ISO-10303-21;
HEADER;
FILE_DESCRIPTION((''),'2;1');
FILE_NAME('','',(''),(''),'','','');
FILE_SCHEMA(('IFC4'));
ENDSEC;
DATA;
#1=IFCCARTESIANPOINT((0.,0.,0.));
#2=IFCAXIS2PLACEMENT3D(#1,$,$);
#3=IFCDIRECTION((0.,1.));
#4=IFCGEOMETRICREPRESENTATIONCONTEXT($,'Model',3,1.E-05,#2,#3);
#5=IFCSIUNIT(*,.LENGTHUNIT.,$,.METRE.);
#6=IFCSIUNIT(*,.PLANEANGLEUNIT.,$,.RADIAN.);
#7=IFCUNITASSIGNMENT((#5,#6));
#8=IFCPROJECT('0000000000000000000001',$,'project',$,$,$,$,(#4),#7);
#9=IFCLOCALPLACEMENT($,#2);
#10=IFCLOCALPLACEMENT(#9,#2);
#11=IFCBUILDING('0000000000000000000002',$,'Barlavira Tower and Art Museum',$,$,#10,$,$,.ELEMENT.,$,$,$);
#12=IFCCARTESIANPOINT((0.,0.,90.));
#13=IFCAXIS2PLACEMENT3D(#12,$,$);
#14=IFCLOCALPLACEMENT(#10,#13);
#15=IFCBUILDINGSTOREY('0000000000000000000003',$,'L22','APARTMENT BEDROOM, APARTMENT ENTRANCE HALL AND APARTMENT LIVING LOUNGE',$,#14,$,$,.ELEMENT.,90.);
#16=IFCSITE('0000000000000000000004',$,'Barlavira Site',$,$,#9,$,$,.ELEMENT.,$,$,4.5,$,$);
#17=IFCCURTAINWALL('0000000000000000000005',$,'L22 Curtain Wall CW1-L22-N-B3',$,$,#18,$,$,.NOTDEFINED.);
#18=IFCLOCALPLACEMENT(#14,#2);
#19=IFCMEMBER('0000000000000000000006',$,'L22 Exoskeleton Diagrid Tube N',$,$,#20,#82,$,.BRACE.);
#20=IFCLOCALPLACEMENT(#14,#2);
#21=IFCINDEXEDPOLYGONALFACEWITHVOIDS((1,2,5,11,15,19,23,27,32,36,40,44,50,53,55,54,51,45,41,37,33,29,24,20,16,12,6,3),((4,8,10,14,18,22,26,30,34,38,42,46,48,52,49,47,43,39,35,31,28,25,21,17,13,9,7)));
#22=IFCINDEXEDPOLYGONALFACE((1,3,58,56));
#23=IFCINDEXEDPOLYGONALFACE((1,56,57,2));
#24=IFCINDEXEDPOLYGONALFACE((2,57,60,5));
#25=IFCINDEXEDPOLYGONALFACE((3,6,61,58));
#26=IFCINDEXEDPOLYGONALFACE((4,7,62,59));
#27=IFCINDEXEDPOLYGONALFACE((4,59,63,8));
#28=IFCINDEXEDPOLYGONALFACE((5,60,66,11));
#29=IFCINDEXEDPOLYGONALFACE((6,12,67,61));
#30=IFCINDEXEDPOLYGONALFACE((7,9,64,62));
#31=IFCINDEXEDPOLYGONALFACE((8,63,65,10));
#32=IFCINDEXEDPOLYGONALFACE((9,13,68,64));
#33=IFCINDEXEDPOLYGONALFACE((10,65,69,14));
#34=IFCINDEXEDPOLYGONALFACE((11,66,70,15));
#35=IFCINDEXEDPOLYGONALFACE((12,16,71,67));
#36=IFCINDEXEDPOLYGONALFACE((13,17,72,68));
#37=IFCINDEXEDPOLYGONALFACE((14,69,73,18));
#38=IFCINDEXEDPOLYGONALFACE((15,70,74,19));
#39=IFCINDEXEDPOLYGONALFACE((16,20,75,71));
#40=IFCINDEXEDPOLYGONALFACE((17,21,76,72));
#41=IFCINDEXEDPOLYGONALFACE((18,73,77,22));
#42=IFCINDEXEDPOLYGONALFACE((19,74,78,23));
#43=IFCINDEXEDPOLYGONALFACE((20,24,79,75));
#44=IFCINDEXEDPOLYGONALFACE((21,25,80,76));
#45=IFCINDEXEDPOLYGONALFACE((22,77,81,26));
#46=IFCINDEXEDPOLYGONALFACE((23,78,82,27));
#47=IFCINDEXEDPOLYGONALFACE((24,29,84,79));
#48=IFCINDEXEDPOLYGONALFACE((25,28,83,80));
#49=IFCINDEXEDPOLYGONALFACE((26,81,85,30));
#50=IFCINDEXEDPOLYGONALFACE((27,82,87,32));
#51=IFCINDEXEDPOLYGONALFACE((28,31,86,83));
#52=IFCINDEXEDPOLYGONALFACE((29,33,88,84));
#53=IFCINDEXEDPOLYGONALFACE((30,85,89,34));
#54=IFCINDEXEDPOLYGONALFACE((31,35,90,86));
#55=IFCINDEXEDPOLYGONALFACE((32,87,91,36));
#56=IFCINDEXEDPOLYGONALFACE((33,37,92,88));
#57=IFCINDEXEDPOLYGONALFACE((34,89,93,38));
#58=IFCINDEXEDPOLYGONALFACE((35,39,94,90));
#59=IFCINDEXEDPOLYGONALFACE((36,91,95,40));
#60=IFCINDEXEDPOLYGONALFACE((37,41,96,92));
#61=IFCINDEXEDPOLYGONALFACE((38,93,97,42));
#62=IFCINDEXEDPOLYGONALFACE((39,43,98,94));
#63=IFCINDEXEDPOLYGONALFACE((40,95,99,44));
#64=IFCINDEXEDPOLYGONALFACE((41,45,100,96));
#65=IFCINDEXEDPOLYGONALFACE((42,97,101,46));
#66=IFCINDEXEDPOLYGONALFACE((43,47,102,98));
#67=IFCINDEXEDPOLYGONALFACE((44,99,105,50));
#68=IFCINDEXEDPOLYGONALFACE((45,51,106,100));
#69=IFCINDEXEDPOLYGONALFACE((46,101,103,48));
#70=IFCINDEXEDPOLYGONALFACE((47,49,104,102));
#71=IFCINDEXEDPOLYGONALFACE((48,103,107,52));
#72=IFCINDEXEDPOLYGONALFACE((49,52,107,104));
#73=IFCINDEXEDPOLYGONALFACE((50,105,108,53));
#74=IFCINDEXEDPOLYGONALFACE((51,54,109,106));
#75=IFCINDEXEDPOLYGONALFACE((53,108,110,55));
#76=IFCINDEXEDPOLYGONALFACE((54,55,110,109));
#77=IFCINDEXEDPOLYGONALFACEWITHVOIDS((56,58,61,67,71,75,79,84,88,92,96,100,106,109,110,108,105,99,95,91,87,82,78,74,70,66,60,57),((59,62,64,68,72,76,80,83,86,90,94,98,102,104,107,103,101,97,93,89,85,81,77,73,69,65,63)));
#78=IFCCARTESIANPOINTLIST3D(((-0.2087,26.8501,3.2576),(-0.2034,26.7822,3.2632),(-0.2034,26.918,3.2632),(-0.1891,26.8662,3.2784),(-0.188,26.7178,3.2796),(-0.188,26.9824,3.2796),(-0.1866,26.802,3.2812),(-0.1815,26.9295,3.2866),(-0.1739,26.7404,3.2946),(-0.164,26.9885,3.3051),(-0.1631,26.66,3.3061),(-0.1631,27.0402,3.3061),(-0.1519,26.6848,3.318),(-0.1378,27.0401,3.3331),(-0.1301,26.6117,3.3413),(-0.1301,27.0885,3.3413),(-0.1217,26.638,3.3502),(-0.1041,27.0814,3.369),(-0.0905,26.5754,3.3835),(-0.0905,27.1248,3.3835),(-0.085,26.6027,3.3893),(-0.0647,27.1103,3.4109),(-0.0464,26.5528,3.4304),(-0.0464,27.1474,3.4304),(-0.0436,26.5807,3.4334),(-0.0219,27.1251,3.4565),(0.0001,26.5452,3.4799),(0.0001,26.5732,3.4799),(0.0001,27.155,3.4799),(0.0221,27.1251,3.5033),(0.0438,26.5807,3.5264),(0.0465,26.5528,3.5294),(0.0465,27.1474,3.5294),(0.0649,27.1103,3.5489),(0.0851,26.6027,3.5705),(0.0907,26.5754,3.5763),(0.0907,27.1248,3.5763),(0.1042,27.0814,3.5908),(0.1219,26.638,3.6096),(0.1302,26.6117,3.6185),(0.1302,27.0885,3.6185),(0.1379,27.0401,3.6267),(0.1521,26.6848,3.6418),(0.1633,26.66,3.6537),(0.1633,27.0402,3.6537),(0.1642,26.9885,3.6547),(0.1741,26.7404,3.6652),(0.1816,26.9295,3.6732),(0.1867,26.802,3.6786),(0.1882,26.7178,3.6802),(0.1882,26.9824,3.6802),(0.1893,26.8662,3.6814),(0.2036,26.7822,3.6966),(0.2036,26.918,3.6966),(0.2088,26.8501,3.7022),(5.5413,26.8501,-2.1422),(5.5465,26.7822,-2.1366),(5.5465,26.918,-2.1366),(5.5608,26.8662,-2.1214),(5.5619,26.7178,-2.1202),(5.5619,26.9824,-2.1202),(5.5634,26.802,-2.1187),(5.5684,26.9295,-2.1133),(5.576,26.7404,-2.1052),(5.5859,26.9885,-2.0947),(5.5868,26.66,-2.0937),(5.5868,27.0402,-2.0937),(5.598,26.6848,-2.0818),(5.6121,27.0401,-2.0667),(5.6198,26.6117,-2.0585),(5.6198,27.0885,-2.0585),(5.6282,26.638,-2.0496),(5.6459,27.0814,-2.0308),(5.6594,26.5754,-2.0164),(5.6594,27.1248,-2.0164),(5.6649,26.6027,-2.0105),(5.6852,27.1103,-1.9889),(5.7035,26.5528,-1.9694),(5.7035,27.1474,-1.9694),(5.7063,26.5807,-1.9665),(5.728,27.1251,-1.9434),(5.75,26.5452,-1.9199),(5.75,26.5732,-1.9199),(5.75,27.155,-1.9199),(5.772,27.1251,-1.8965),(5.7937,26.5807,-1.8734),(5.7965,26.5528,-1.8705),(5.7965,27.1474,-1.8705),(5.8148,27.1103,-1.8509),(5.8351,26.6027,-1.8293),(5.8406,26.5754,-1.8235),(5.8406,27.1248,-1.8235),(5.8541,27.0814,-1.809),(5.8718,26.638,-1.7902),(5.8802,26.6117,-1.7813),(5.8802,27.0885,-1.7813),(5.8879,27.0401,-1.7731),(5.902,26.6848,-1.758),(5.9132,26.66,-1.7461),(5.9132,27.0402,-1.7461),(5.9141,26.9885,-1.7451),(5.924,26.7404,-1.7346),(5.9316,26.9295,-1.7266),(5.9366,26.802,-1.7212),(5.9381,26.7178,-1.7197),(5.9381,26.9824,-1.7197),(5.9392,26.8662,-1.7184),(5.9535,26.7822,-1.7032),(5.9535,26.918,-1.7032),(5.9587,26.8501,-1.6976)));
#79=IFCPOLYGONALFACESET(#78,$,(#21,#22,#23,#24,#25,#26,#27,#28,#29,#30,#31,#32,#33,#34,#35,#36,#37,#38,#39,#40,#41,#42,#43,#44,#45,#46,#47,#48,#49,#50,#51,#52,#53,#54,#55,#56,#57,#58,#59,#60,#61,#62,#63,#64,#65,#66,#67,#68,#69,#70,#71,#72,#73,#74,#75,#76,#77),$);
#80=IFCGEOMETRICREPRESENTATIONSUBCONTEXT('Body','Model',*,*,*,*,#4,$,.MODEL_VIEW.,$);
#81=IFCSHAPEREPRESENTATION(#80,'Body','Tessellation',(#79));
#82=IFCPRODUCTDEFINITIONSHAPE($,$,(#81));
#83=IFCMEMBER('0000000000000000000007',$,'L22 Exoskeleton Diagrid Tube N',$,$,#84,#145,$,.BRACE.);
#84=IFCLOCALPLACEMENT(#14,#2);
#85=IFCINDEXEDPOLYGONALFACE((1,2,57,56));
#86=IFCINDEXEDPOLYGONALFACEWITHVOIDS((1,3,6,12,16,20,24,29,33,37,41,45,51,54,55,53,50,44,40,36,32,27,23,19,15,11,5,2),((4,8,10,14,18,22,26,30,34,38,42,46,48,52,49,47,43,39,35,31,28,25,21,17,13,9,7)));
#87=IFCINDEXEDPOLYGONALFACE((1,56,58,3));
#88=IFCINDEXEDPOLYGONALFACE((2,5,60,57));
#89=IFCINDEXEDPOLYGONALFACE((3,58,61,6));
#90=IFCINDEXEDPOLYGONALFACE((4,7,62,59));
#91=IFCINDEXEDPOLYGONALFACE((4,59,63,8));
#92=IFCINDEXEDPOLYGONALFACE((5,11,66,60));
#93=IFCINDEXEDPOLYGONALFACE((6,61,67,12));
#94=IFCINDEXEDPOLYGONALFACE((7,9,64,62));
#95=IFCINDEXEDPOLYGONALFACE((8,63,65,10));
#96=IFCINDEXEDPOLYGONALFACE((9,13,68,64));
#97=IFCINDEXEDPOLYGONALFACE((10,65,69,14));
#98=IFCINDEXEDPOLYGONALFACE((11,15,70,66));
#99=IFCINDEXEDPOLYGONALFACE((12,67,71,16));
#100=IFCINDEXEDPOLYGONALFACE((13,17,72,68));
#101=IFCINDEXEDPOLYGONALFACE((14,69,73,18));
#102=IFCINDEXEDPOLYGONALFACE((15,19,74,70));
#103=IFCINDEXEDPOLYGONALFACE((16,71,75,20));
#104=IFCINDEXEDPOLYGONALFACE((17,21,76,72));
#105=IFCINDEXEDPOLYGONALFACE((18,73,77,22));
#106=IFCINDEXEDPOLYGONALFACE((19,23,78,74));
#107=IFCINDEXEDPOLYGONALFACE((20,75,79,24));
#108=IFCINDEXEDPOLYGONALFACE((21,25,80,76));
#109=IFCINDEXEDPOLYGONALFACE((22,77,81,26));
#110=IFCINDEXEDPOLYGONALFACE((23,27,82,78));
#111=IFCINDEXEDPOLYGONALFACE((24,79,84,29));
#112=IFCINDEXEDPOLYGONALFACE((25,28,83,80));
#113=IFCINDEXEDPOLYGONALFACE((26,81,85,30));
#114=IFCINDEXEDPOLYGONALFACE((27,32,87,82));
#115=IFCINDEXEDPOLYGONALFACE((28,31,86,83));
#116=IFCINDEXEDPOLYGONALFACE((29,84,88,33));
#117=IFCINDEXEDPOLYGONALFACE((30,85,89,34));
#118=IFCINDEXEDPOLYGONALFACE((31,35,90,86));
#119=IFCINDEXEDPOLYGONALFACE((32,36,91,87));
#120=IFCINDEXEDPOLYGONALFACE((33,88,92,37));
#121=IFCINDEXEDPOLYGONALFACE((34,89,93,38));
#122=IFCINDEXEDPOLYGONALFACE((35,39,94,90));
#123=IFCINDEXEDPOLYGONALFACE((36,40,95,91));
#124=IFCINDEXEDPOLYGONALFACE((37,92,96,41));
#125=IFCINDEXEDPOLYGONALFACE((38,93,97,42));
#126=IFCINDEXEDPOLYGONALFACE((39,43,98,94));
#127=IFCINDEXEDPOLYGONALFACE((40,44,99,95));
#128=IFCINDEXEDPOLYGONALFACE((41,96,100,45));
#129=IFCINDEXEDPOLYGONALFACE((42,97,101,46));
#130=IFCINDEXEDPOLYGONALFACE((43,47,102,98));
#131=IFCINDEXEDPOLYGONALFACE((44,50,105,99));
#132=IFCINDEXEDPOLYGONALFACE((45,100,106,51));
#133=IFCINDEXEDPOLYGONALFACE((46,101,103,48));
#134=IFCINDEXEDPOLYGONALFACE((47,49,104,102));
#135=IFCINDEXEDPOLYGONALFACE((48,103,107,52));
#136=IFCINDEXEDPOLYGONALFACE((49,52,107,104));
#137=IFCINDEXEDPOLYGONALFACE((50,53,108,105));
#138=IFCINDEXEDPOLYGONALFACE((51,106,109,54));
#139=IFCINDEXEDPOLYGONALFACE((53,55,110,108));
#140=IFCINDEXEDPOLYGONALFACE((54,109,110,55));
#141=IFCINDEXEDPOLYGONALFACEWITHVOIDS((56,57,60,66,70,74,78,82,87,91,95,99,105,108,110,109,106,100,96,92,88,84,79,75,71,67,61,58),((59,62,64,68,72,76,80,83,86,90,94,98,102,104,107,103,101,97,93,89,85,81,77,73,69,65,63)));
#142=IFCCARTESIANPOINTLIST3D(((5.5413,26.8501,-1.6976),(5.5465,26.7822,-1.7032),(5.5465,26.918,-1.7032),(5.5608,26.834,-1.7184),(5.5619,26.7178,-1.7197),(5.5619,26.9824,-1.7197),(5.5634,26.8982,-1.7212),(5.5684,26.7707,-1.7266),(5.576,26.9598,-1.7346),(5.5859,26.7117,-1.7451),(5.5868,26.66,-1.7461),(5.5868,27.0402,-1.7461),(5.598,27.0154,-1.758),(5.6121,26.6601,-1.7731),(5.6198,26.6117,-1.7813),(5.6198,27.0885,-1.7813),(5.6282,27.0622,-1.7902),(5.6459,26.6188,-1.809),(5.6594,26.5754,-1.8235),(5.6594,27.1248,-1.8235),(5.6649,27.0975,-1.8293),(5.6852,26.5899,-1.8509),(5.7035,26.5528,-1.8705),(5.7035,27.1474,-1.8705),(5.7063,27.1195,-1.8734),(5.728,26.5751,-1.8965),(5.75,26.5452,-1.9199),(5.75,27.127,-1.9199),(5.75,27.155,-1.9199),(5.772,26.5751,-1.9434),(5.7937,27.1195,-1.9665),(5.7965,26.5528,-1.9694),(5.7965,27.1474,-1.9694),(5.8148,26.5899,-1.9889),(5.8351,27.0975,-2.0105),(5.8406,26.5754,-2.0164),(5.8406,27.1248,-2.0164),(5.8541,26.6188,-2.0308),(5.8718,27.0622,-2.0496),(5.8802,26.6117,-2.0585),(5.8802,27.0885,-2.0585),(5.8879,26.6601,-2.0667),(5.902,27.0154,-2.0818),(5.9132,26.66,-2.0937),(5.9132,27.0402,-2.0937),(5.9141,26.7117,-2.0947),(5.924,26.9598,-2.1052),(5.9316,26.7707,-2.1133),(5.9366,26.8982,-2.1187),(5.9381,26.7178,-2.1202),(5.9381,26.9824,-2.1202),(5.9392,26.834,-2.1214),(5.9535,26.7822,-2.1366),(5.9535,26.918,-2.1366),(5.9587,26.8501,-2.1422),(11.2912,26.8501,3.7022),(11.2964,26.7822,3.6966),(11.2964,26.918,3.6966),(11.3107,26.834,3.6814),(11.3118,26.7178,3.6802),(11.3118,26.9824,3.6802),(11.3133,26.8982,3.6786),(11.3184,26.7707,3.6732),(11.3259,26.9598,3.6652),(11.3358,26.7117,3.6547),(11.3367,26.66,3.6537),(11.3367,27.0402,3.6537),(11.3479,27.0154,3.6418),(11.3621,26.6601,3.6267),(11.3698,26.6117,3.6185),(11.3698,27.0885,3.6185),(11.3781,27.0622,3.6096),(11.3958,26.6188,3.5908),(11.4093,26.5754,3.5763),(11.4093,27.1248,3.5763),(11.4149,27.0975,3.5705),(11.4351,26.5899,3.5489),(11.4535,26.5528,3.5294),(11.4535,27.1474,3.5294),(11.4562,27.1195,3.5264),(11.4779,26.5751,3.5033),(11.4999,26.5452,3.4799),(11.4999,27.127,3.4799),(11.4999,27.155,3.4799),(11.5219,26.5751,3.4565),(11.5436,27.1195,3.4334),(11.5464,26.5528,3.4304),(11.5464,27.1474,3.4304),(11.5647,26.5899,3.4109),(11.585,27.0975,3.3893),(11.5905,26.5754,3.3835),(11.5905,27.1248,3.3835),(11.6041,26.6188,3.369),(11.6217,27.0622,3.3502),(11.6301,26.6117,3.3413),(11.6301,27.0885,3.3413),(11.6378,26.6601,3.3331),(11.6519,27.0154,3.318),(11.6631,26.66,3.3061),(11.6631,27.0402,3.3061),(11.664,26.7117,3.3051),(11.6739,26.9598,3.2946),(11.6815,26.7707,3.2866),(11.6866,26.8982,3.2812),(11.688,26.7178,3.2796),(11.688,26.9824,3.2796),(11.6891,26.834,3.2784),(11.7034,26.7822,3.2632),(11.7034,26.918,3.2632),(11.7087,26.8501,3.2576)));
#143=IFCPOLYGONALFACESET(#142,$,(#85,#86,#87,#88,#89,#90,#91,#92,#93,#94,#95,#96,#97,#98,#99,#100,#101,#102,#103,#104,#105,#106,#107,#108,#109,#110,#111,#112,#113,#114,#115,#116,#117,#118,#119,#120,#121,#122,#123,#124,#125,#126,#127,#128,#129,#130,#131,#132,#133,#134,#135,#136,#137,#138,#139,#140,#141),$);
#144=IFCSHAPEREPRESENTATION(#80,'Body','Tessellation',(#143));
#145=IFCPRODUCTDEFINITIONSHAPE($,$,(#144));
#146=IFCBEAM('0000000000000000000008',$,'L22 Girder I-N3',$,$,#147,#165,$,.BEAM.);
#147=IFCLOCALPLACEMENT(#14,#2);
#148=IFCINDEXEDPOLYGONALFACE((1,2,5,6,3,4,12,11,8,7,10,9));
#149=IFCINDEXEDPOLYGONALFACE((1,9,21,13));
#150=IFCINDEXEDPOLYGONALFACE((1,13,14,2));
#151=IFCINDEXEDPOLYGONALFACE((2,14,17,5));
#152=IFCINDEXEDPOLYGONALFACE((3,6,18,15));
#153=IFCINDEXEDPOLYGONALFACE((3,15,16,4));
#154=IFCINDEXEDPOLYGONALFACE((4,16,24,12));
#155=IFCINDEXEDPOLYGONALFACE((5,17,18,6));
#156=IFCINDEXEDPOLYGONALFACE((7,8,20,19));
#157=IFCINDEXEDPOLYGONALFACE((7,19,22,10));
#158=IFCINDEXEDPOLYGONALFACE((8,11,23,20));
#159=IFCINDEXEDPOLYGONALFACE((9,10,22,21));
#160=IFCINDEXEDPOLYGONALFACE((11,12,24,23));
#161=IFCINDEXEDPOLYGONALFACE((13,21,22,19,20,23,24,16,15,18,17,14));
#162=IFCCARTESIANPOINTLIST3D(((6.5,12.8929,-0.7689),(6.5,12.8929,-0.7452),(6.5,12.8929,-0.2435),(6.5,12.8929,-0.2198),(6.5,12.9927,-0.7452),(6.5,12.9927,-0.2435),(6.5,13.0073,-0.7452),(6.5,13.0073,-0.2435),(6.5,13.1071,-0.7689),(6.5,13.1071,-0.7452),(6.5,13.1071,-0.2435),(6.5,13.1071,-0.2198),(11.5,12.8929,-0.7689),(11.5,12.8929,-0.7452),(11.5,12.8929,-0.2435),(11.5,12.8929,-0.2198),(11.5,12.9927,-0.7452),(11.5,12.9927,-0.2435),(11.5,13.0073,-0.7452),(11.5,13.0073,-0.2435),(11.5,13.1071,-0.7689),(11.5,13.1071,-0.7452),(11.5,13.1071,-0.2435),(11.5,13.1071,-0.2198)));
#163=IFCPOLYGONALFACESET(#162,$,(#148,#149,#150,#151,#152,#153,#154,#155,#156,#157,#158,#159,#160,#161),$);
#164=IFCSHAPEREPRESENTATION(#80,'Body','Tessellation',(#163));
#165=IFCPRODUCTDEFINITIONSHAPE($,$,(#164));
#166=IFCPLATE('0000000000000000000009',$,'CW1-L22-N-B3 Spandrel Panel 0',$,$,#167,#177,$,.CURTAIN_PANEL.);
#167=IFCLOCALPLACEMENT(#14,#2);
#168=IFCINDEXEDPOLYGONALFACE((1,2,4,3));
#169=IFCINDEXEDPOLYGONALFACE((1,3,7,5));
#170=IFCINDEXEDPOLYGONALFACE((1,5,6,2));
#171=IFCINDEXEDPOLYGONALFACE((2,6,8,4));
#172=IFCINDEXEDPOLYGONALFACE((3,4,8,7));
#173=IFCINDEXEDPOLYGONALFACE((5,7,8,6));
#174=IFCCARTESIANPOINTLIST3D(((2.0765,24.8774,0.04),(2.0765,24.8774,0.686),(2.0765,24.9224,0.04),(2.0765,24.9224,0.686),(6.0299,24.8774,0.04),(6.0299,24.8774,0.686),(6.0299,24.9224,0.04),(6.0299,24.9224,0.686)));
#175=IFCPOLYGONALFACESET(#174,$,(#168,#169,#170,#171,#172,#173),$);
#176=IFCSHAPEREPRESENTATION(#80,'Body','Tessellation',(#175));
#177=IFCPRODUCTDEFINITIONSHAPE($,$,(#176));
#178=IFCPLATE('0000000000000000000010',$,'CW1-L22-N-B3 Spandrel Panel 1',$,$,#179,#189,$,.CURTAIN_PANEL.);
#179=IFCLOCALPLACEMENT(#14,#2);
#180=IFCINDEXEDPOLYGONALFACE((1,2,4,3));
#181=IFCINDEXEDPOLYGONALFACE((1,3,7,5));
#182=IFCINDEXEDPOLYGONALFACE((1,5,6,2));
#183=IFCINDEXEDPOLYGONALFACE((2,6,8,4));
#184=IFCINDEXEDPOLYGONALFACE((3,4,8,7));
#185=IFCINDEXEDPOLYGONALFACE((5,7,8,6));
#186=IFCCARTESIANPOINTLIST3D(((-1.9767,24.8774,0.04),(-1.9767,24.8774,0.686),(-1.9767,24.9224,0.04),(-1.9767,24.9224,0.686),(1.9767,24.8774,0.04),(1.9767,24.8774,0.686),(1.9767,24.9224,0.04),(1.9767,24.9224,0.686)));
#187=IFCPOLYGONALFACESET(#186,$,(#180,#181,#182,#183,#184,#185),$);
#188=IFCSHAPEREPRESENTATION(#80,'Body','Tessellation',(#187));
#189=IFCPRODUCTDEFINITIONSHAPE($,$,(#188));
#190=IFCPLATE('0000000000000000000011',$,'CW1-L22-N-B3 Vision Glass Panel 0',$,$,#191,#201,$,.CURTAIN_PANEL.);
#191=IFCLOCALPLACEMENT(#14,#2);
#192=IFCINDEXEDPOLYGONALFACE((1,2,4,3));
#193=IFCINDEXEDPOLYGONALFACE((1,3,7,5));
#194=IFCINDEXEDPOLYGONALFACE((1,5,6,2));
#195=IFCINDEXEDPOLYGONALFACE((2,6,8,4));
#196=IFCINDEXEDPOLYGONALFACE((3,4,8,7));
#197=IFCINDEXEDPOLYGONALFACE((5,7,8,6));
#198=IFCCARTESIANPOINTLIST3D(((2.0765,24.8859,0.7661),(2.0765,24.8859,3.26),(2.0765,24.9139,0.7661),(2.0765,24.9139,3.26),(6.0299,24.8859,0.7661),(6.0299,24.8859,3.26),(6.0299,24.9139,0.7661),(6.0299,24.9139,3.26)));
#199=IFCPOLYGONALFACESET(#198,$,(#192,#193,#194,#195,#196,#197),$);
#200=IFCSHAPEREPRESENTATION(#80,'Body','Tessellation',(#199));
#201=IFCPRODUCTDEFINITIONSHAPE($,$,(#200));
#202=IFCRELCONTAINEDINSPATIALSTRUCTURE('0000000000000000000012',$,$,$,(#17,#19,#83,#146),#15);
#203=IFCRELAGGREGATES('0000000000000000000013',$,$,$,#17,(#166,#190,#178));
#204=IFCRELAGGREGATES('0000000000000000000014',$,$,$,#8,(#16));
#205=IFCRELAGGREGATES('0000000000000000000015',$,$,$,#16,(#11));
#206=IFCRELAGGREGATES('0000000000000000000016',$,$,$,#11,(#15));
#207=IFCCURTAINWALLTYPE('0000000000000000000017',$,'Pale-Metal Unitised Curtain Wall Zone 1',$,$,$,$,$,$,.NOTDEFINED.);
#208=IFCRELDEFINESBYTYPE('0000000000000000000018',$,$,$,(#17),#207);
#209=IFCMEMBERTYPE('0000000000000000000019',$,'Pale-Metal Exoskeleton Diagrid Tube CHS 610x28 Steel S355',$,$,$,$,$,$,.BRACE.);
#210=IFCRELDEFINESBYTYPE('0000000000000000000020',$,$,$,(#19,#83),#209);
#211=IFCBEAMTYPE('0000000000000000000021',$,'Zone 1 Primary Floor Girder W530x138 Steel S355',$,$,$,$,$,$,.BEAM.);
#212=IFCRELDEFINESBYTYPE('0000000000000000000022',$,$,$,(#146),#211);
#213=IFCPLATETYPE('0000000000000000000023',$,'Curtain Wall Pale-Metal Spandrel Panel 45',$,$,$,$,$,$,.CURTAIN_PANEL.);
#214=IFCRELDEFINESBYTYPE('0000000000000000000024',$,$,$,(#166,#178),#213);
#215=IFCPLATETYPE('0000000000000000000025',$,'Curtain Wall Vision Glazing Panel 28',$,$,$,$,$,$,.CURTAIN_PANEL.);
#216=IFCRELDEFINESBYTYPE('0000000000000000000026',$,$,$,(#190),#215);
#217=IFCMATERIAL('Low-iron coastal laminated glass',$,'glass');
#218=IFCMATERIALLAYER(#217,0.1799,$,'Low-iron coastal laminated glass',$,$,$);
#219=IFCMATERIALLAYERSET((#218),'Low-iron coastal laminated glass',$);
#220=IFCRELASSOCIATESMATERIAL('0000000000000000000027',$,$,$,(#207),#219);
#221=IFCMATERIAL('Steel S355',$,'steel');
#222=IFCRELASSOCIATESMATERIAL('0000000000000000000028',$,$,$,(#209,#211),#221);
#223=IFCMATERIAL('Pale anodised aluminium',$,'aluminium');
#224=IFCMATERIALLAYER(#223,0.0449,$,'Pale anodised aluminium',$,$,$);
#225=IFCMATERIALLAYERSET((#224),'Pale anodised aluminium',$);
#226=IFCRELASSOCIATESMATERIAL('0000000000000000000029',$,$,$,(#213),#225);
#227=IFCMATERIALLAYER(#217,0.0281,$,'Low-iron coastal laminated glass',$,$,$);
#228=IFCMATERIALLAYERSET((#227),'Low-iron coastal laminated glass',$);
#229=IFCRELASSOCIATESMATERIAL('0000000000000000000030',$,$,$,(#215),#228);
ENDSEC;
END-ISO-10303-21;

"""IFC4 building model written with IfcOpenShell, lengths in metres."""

from ifc_helpers import new_model, si_unit, direction, frame, origin, origin_2d, place, context, subcontext, project, spatial, rectangle, hollow_circle, i_section, extrude, material, layer, layer_set, material_profile, profile_set, type_object, element, aggregate, save


model = new_model("IFC4")

# Units and contexts
model_context = context("Model", 3, precision=1e-05, world=origin(), true_north=direction((0.0, 1.0)))
body_context = subcontext(model_context, "Body", "Model", "MODEL_VIEW")
ifc_project = project(units=[si_unit("LENGTHUNIT", "METRE"), si_unit("PLANEANGLEUNIT", "RADIAN")], contexts=[model_context])

# Site, building, storey
site_placement = place(None, origin())
site = spatial("IfcSite", under=ifc_project, at=site_placement, Name="Barlavira Site", CompositionType="ELEMENT", RefElevation=4.5)
building_placement = place(site_placement, origin())
building = spatial("IfcBuilding", under=site, at=building_placement, Name="Barlavira Tower and Art Museum", CompositionType="ELEMENT")
storey_placement = place(building_placement, frame((0.0, 0.0, 90.0)))
storey = spatial("IfcBuildingStorey", under=building, at=storey_placement, Name="L22", Description="APARTMENT BEDROOM, APARTMENT ENTRANCE HALL AND APARTMENT LIVING LOUNGE", CompositionType="ELEMENT", Elevation=90.0)

# Curtain wall
ifc_material_1 = material(Name="Low-iron coastal laminated glass", Category="glass")
ifc_layer_1 = layer(ifc_material_1, 0.1799, Name="Low-iron coastal laminated glass")
ifc_layer_set_1 = layer_set([ifc_layer_1], Name="Low-iron coastal laminated glass")
curtain_wall_type = type_object("IfcCurtainWallType", Name="Pale-Metal Unitised Curtain Wall Zone 1", PredefinedType="NOTDEFINED", material=ifc_layer_set_1)
curtain_wall_placement = place(storey_placement, origin())
curtain_wall = element("IfcCurtainWall", 1, at=curtain_wall_placement, inside=storey, type_object=curtain_wall_type, Name="L22 Curtain Wall CW1-L22-N-B3", PredefinedType="NOTDEFINED")
ifc_material_2 = material(Name="Pale anodised aluminium", Category="aluminium")

# Members
ifc_material_3 = material(Name="Steel S355", Category="steel")
ifc_material_profile_1 = material_profile(ifc_material_3, hollow_circle(Radius=0.3049, WallThickness=0.0281, at=origin_2d()), Name="CHS 610.0x28.0")
ifc_profile_set_1 = profile_set([ifc_material_profile_1], Name="Steel S355")
member_type_1 = type_object("IfcMemberType", Name="Pale-Metal Exoskeleton Diagrid Tube CHS 610x28 Steel S355", PredefinedType="BRACE", material=ifc_profile_set_1)
for number, where, z_axis, x_axis, name in (
    (2, (5.75, 26.8501, -1.9199), (-0.72895, 0.0, 0.684567), (0.0, -1.0, 0.0), "L22 Exoskeleton Diagrid Tube N"),
    (3, (5.75, 26.8501, -1.9199), (0.72895, 0.0, 0.684567), (0.0, 1.0, 0.0), "L22 Exoskeleton Diagrid Tube N"),
):
    element("IfcMember", number, at=place(storey_placement, frame(where, z_axis=z_axis, x_axis=x_axis)), inside=storey, type_object=member_type_1, Name=name, PredefinedType="BRACE", context=body_context, shape_type="SweptSolid", body=[
        extrude(hollow_circle(Radius=0.3049, WallThickness=0.0281, at=origin_2d()), origin(), (0.0, 0.0, 1.0), 7.8879),
    ])

# Beam
ifc_material_profile_2 = material_profile(ifc_material_3, i_section(OverallWidth=0.2141, OverallDepth=0.5491, WebThickness=0.0146, FlangeThickness=0.0237, at=origin_2d()), Name="W530x138.0")
ifc_profile_set_2 = profile_set([ifc_material_profile_2], Name="Steel S355")
beam_type = type_object("IfcBeamType", Name="Zone 1 Primary Floor Girder W530x138 Steel S355", PredefinedType="BEAM", material=ifc_profile_set_2)
beam_placement = place(storey_placement, frame((6.5, 13.0, -0.4944), z_axis=(1.0, 0.0, 0.0), x_axis=(0.0, 1.0, 0.0)))
element("IfcBeam", 4, at=beam_placement, inside=storey, type_object=beam_type, Name="L22 Girder I-N3", PredefinedType="BEAM", context=body_context, shape_type="SweptSolid", body=[
    extrude(i_section(OverallWidth=0.2141, OverallDepth=0.5491, WebThickness=0.0146, FlangeThickness=0.0237, at=origin_2d()), origin(), (0.0, 0.0, 1.0), 5.0),
])

# Plates
ifc_layer_2 = layer(ifc_material_2, 0.0449, Name="Pale anodised aluminium")
ifc_layer_set_2 = layer_set([ifc_layer_2], Name="Pale anodised aluminium")
plate_type_1 = type_object("IfcPlateType", Name="Curtain Wall Pale-Metal Spandrel Panel 45", PredefinedType="CURTAIN_PANEL", material=ifc_layer_set_2)
plate_1_placement = place(storey_placement, frame((4.0532, 24.8999, 0.04), z_axis=(0.0, 0.0, 1.0), x_axis=(-1.0, 0.0, 0.0)))
plate_1 = element("IfcPlate", 5, at=plate_1_placement, type_object=plate_type_1, Name="CW1-L22-N-B3 Spandrel Panel 0", PredefinedType="CURTAIN_PANEL", context=body_context, shape_type="SweptSolid", body=[
    extrude(rectangle(XDim=3.9534, YDim=0.0449, at=origin_2d()), origin(), (0.0, 0.0, 1.0), 0.646),
])
plate_2_placement = place(storey_placement, frame((0.0, 24.8999, 0.04), z_axis=(0.0, 0.0, 1.0), x_axis=(-1.0, 0.0, 0.0)))
plate_2 = element("IfcPlate", 6, at=plate_2_placement, type_object=plate_type_1, Name="CW1-L22-N-B3 Spandrel Panel 1", PredefinedType="CURTAIN_PANEL", context=body_context, shape_type="SweptSolid", body=[
    extrude(rectangle(XDim=3.9534, YDim=0.0449, at=origin_2d()), origin(), (0.0, 0.0, 1.0), 0.646),
])
ifc_layer_3 = layer(ifc_material_1, 0.0281, Name="Low-iron coastal laminated glass")
ifc_layer_set_3 = layer_set([ifc_layer_3], Name="Low-iron coastal laminated glass")
plate_type_2 = type_object("IfcPlateType", Name="Curtain Wall Vision Glazing Panel 28", PredefinedType="CURTAIN_PANEL", material=ifc_layer_set_3)
plate_3_placement = place(storey_placement, frame((4.0532, 24.8999, 0.7661), z_axis=(0.0, 0.0, 1.0), x_axis=(-1.0, 0.0, 0.0)))
plate_3 = element("IfcPlate", 7, at=plate_3_placement, type_object=plate_type_2, Name="CW1-L22-N-B3 Vision Glass Panel 0", PredefinedType="CURTAIN_PANEL", context=body_context, shape_type="SweptSolid", body=[
    extrude(rectangle(XDim=3.9534, YDim=0.0281, at=origin_2d()), origin(), (0.0, 0.0, 1.0), 2.4939),
])
aggregate(curtain_wall, [plate_1, plate_3, plate_2])

save(model, "model.ifc")
